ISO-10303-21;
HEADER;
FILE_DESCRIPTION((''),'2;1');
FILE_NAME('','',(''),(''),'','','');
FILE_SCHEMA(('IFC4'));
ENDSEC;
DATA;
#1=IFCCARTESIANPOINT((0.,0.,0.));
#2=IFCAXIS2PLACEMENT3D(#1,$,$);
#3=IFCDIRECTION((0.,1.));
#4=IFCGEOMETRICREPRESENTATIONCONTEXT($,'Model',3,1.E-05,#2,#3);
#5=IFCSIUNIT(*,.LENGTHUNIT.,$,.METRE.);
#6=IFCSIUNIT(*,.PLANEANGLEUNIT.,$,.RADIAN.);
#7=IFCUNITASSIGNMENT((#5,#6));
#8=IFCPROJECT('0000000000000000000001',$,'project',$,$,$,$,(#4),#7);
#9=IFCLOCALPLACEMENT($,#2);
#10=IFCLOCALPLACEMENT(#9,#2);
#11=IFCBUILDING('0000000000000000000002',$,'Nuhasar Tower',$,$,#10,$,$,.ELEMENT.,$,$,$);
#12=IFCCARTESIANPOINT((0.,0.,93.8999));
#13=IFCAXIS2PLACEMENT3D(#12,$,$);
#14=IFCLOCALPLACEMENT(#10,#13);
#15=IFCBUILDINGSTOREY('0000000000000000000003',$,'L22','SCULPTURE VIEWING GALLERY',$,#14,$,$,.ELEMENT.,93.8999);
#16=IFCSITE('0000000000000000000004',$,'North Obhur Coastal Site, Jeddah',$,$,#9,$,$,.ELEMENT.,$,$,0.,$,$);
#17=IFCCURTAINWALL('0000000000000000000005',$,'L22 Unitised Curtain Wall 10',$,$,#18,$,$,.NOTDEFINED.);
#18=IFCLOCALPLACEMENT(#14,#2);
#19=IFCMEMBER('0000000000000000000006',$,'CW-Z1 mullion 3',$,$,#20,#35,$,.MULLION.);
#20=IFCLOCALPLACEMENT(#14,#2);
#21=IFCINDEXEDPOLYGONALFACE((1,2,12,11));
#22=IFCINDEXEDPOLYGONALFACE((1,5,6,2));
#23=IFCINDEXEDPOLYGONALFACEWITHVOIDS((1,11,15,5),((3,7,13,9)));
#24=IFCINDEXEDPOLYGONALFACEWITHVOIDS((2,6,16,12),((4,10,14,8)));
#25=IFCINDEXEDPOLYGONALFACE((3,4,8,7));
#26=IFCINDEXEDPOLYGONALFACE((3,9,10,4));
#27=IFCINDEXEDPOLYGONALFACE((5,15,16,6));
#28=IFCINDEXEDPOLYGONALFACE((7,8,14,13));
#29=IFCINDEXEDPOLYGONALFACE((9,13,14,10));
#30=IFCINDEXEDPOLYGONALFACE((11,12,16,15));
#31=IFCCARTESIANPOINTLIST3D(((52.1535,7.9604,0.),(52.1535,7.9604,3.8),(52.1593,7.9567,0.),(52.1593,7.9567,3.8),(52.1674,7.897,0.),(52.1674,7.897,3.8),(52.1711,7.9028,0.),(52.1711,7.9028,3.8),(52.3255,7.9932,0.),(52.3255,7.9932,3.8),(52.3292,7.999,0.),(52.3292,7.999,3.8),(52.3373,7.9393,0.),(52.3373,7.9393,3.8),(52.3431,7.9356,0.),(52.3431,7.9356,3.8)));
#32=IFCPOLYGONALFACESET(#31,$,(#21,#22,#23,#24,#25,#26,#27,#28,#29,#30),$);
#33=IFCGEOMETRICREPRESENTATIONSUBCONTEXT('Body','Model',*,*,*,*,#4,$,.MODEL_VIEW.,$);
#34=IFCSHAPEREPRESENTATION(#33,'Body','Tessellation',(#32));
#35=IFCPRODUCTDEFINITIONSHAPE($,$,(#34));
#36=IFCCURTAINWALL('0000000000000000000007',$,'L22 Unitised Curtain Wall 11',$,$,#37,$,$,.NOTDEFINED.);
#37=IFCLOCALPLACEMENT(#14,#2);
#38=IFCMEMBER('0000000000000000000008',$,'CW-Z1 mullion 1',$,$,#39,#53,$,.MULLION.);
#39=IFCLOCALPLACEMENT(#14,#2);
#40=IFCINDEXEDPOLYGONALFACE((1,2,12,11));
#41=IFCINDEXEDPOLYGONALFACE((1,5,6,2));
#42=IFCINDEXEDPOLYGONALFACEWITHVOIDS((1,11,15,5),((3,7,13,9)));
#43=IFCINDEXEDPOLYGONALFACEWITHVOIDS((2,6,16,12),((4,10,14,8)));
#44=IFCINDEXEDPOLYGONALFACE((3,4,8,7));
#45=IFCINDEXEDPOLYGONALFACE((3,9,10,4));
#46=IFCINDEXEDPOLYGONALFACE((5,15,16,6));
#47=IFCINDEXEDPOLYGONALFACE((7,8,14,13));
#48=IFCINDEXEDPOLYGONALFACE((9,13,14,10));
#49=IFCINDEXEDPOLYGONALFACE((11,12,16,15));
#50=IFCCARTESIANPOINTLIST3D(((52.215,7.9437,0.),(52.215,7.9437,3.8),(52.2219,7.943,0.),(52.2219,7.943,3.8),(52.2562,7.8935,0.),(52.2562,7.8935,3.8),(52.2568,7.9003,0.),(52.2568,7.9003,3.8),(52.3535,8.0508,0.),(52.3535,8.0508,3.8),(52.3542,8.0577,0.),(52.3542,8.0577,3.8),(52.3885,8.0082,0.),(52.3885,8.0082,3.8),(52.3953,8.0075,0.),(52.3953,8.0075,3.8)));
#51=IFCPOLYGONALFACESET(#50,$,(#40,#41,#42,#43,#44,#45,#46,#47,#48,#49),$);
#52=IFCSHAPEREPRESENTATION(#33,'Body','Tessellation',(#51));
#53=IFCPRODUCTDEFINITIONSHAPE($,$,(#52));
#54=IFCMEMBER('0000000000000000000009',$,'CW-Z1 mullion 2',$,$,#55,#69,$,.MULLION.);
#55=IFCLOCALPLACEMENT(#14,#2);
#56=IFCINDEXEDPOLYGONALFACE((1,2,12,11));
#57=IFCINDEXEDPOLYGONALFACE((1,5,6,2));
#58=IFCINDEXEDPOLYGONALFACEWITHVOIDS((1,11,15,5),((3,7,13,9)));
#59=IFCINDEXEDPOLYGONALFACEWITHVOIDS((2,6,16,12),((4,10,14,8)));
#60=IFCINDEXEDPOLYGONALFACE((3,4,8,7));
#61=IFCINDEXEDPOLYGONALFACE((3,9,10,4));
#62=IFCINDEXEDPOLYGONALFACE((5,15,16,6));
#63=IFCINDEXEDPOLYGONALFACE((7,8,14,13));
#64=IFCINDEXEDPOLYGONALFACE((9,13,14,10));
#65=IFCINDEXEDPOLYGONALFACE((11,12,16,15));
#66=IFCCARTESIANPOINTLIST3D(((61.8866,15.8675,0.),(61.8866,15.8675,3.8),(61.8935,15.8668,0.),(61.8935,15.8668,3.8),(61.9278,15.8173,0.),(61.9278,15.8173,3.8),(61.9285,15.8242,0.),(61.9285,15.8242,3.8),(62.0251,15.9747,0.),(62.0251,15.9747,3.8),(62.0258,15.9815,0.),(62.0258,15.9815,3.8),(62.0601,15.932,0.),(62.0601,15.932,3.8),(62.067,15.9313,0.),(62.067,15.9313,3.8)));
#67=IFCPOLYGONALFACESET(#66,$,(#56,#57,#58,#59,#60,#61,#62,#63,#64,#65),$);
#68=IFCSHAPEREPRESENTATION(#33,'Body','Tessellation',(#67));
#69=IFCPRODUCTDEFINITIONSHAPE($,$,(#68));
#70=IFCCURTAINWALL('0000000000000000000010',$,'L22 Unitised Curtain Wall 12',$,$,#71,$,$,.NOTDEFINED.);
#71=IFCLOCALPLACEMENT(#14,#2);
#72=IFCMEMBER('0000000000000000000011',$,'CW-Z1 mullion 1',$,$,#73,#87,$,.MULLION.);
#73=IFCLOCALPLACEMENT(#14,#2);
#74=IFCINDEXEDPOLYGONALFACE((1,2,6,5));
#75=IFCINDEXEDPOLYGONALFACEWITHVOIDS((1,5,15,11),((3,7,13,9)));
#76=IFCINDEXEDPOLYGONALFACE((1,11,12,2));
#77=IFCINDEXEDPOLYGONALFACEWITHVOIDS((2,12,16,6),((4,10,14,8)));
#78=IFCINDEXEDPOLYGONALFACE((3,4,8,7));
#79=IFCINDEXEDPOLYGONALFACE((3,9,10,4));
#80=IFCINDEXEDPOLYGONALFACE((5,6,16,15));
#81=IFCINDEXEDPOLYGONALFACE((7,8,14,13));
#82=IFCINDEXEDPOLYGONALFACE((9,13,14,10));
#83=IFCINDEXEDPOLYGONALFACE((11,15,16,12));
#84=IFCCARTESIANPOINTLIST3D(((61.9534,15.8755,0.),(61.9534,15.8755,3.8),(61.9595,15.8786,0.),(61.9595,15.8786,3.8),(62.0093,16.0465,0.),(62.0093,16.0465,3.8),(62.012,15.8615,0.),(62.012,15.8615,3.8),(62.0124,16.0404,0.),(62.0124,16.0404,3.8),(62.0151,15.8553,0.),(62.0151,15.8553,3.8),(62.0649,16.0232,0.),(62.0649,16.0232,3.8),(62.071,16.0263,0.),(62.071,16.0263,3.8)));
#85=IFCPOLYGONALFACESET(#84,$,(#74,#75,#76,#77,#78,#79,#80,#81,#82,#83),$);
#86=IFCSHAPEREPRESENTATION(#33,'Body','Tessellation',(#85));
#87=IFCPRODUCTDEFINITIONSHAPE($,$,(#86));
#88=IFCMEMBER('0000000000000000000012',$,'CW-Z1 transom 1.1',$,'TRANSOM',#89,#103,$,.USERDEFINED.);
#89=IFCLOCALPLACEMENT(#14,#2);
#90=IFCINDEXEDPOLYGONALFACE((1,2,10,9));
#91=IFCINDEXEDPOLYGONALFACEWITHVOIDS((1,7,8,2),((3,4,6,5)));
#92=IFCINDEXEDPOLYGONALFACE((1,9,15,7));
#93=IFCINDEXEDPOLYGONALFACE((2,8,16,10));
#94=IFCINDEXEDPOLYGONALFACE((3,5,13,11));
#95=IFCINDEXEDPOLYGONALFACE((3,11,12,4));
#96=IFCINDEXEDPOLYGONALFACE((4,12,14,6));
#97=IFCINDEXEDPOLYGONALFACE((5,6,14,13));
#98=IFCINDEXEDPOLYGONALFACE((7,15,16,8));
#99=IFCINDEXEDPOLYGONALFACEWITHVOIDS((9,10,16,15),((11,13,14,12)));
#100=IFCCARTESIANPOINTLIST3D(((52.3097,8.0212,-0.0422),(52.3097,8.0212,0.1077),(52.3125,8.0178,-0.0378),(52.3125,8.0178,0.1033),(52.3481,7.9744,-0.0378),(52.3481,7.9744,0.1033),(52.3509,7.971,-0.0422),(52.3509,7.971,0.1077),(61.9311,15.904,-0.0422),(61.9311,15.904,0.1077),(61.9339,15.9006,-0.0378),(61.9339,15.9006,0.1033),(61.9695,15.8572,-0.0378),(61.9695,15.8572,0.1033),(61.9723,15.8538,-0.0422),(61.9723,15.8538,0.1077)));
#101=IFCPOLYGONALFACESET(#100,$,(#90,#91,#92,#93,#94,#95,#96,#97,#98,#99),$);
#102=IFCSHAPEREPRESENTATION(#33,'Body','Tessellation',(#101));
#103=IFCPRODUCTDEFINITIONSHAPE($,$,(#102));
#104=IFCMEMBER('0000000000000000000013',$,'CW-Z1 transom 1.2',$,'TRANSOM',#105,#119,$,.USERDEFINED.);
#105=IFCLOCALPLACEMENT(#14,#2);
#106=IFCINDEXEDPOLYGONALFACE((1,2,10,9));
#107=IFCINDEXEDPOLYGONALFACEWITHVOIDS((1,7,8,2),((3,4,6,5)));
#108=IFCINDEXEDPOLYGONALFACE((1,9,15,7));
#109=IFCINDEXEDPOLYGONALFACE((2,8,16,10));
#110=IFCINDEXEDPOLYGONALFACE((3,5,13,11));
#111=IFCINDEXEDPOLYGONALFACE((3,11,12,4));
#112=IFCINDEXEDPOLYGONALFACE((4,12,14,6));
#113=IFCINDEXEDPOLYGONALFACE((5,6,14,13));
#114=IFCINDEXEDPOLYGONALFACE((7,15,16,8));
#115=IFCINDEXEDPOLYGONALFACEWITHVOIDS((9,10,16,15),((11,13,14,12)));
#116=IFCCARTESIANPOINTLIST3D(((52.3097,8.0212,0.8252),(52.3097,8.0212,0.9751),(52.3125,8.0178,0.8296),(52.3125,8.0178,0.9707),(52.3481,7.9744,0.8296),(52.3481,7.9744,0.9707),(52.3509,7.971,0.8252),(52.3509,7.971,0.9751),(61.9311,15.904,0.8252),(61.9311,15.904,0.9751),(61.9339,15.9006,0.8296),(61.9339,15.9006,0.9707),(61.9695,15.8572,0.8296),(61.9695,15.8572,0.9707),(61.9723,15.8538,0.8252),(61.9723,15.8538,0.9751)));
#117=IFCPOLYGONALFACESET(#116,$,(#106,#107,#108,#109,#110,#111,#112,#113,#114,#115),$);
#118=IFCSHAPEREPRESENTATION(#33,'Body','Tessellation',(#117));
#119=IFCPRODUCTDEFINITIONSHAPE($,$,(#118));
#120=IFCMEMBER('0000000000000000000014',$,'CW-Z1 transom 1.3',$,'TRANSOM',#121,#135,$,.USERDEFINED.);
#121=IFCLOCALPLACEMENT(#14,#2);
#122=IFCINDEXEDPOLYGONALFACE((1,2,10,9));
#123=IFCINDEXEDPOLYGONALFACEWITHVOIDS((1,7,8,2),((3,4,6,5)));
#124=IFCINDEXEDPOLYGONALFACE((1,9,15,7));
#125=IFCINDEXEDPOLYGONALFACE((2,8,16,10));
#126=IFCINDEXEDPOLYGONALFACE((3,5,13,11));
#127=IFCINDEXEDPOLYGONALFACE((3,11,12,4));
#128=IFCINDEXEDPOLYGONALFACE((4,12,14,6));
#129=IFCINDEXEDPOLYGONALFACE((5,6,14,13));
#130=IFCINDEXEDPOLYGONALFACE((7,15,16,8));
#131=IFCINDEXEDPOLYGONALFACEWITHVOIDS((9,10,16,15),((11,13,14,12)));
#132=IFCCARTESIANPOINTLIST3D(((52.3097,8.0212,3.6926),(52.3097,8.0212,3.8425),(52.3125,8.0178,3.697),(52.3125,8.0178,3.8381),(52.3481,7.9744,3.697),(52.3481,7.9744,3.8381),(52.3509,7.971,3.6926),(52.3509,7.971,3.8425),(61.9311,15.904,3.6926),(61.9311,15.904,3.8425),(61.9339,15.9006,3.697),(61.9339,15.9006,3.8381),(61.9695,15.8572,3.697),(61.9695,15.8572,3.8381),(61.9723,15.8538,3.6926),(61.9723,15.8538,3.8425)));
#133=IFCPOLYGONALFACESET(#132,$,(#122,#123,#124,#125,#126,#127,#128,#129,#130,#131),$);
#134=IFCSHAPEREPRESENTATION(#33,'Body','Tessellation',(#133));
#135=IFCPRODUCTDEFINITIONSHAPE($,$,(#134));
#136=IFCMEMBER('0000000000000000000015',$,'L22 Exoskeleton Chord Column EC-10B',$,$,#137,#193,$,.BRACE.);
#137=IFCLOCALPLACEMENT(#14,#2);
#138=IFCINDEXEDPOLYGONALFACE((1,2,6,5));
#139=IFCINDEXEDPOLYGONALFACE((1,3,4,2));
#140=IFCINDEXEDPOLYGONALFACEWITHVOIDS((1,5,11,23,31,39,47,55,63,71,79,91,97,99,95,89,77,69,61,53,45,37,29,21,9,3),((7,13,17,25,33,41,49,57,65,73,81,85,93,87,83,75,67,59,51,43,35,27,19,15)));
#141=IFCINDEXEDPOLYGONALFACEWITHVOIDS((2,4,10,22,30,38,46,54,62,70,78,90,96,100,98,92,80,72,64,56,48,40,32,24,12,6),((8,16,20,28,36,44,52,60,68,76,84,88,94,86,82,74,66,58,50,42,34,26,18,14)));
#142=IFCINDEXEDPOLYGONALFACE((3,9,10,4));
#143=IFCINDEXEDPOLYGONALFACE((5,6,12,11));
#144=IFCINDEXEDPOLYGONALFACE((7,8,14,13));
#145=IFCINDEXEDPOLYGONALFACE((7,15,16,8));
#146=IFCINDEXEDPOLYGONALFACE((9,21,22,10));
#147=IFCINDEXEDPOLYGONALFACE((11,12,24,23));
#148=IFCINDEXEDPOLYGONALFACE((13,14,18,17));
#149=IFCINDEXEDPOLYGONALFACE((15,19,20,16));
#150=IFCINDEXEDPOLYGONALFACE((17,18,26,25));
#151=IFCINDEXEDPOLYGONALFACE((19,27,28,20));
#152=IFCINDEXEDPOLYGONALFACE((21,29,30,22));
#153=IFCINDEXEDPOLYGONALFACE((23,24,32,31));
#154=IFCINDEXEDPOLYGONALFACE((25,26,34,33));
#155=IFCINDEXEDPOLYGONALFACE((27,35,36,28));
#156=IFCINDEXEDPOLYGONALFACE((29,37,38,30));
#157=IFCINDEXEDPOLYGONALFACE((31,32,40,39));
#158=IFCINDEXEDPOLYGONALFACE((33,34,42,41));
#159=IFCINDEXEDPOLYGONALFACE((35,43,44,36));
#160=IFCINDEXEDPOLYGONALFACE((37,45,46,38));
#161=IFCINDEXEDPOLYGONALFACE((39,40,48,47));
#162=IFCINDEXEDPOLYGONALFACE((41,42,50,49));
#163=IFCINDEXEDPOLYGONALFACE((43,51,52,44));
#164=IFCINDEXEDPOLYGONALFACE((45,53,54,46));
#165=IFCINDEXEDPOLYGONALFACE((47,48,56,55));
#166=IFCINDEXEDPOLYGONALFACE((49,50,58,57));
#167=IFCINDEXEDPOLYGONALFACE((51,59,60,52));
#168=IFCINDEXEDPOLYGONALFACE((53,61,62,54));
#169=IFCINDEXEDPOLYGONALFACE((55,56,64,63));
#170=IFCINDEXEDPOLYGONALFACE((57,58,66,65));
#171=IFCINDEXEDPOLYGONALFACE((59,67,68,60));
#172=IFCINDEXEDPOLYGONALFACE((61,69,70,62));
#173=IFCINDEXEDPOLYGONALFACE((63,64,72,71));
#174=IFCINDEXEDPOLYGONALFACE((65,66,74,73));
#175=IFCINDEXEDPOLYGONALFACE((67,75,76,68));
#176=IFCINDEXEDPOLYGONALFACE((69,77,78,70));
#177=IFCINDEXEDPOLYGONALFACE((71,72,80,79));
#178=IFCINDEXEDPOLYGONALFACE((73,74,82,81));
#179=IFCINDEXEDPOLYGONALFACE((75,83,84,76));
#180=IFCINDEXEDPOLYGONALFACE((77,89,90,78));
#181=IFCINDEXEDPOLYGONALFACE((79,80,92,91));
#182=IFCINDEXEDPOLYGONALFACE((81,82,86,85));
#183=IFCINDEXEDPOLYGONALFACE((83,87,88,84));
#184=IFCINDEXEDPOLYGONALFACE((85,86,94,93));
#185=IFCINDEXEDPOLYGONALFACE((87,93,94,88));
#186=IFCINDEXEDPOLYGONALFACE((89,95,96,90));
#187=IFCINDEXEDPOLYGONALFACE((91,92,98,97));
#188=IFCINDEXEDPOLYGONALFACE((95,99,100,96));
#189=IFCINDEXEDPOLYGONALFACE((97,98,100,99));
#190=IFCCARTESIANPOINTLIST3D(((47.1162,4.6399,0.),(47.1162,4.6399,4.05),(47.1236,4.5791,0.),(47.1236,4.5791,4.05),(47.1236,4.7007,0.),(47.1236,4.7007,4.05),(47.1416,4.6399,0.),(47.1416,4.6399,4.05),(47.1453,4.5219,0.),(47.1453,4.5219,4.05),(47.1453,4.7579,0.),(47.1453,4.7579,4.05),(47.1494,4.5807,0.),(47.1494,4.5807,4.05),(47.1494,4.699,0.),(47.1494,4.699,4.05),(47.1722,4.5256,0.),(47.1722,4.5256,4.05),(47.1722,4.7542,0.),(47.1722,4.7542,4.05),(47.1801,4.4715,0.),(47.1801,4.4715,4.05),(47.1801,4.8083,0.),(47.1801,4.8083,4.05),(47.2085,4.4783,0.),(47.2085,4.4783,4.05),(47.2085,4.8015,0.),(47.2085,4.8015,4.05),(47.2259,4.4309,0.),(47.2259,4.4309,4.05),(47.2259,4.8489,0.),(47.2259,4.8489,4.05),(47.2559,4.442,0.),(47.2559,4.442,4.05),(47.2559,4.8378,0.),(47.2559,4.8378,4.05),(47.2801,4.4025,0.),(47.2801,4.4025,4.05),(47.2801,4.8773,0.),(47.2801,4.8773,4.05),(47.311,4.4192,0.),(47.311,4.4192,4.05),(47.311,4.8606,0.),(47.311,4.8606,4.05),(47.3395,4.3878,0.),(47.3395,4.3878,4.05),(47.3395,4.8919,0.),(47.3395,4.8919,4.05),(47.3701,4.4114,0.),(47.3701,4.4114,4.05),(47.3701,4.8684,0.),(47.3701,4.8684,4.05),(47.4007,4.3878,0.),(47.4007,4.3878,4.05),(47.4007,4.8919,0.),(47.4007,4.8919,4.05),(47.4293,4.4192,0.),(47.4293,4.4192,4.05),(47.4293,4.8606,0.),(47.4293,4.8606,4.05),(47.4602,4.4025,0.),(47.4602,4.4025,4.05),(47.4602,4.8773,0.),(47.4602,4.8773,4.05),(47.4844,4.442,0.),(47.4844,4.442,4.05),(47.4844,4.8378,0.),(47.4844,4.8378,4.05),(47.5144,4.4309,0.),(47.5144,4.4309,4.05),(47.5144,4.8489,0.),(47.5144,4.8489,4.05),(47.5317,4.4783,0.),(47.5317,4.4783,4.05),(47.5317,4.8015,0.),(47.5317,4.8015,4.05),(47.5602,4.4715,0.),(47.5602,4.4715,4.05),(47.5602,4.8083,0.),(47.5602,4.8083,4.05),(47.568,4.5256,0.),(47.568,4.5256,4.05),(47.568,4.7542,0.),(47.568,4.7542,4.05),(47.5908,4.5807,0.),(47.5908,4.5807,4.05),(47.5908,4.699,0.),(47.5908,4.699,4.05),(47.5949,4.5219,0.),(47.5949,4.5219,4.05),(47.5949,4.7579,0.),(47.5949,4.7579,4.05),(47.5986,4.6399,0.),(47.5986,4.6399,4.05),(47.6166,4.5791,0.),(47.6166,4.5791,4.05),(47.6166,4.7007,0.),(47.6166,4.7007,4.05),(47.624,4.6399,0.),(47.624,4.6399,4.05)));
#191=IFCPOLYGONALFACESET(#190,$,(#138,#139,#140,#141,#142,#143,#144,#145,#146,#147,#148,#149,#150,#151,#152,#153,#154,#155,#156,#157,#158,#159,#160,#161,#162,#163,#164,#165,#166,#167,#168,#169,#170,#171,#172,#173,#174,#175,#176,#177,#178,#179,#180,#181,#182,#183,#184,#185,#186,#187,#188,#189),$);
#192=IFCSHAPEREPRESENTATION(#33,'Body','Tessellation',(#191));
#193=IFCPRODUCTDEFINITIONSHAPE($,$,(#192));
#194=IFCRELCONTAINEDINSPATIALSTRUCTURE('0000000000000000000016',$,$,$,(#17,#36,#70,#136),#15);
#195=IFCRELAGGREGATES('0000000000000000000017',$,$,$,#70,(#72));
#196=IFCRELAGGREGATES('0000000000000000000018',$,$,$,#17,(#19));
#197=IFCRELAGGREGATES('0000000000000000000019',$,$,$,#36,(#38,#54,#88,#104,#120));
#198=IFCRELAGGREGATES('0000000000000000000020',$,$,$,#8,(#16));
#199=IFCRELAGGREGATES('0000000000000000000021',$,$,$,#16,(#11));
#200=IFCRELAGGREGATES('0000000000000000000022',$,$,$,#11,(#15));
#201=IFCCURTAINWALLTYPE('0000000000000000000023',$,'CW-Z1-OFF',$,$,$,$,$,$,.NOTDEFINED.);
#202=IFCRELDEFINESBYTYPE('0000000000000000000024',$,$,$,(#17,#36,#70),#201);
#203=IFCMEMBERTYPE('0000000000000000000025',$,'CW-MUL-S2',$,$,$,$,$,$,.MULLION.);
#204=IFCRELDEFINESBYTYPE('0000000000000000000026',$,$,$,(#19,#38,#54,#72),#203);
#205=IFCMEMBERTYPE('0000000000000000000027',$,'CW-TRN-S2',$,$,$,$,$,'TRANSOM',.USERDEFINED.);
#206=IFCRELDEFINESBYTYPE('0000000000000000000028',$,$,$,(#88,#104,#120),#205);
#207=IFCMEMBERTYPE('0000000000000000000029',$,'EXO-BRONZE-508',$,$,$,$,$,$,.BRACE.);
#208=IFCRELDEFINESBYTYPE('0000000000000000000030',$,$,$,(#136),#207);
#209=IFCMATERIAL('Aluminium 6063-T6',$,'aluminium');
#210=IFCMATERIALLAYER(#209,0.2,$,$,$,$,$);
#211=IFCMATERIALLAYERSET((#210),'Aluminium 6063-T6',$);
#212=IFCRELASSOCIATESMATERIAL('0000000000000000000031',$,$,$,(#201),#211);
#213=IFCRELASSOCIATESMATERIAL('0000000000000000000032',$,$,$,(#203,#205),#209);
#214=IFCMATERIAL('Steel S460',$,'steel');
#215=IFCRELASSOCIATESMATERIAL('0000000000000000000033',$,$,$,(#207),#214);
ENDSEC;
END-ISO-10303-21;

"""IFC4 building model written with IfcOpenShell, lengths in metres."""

from ifc_helpers import new_model, si_unit, direction, frame, origin, origin_2d, place, context, subcontext, project, spatial, hollow_rectangle, hollow_circle, extrude, material, layer, layer_set, material_profile, profile_set, type_object, element, aggregate, save


model = new_model("IFC4")

# Units and contexts
model_context = context("Model", 3, precision=1e-05, world=origin(), true_north=direction((0.0, 1.0)))
body_context = subcontext(model_context, "Body", "Model", "MODEL_VIEW")
ifc_project = project(units=[si_unit("LENGTHUNIT", "METRE"), si_unit("PLANEANGLEUNIT", "RADIAN")], contexts=[model_context])

# Site, building, storey
site_placement = place(None, origin())
site = spatial("IfcSite", under=ifc_project, at=site_placement, Name="North Obhur Coastal Site, Jeddah", CompositionType="ELEMENT", RefElevation=0.0)
building_placement = place(site_placement, origin())
building = spatial("IfcBuilding", under=site, at=building_placement, Name="Nuhasar Tower", CompositionType="ELEMENT")
storey_placement = place(building_placement, frame((0.0, 0.0, 93.8999)))
storey = spatial("IfcBuildingStorey", under=building, at=storey_placement, Name="L22", Description="SCULPTURE VIEWING GALLERY", CompositionType="ELEMENT", Elevation=93.8999)

# Curtain wall, member
ifc_material_1 = material(Name="Aluminium 6063-T6", Category="aluminium")
ifc_layer_1 = layer(ifc_material_1, 0.2)
ifc_layer_set_1 = layer_set([ifc_layer_1], Name="Aluminium 6063-T6")
curtain_wall_type = type_object("IfcCurtainWallType", Name="CW-Z1-OFF", PredefinedType="NOTDEFINED", material=ifc_layer_set_1)
curtain_wall_1_placement = place(storey_placement, origin())
curtain_wall_1 = element("IfcCurtainWall", 1, at=curtain_wall_1_placement, inside=storey, type_object=curtain_wall_type, Name="L22 Unitised Curtain Wall 10", PredefinedType="NOTDEFINED")
ifc_material_profile_1 = material_profile(ifc_material_1, hollow_rectangle(XDim=0.0649, YDim=0.1799, WallThickness=0.0049, at=origin_2d()), Name="CWM-2")
ifc_profile_set_1 = profile_set([ifc_material_profile_1], Name="Aluminium 6063-T6")
member_type_1 = type_object("IfcMemberType", Name="CW-MUL-S2", PredefinedType="MULLION", material=ifc_profile_set_1)
member_1_placement = place(storey_placement, frame((52.2483, 7.948, 0.0), z_axis=(0.0, 0.0, 1.0), x_axis=(-0.214399, 0.976746, 0.0)))
member_1 = element("IfcMember", 2, at=member_1_placement, type_object=member_type_1, Name="CW-Z1 mullion 3", PredefinedType="MULLION", context=body_context, shape_type="SweptSolid", body=[
    extrude(hollow_rectangle(XDim=0.0649, YDim=0.1799, WallThickness=0.0049, at=origin_2d()), origin(), (0.0, 0.0, 1.0), 3.8),
])

# Curtain wall, members
curtain_wall_2_placement = place(storey_placement, origin())
curtain_wall_2 = element("IfcCurtainWall", 3, at=curtain_wall_2_placement, inside=storey, type_object=curtain_wall_type, Name="L22 Unitised Curtain Wall 11", PredefinedType="NOTDEFINED")
member_2_placement = place(storey_placement, frame((52.3052, 7.9756, 0.0), z_axis=(0.0, 0.0, 1.0), x_axis=(-0.633745, 0.773542, 0.0)))
member_2 = element("IfcMember", 4, at=member_2_placement, type_object=member_type_1, Name="CW-Z1 mullion 1", PredefinedType="MULLION", context=body_context, shape_type="SweptSolid", body=[
    extrude(hollow_rectangle(XDim=0.0649, YDim=0.1799, WallThickness=0.0049, at=origin_2d()), origin(), (0.0, 0.0, 1.0), 3.8),
])
member_3_placement = place(storey_placement, frame((61.9768, 15.8994, 0.0), z_axis=(0.0, 0.0, 1.0), x_axis=(-0.633745, 0.773542, 0.0)))
member_3 = element("IfcMember", 5, at=member_3_placement, type_object=member_type_1, Name="CW-Z1 mullion 2", PredefinedType="MULLION", context=body_context, shape_type="SweptSolid", body=[
    extrude(hollow_rectangle(XDim=0.0649, YDim=0.1799, WallThickness=0.0049, at=origin_2d()), origin(), (0.0, 0.0, 1.0), 3.8),
])

# Curtain wall, member
curtain_wall_3_placement = place(storey_placement, origin())
curtain_wall_3 = element("IfcCurtainWall", 6, at=curtain_wall_3_placement, inside=storey, type_object=curtain_wall_type, Name="L22 Unitised Curtain Wall 12", PredefinedType="NOTDEFINED")
member_4_placement = place(storey_placement, frame((62.0122, 15.9509, 0.0), z_axis=(0.0, 0.0, 1.0), x_axis=(-0.950468, 0.310824, 0.0)))
member_4 = element("IfcMember", 7, at=member_4_placement, type_object=member_type_1, Name="CW-Z1 mullion 1", PredefinedType="MULLION", context=body_context, shape_type="SweptSolid", body=[
    extrude(hollow_rectangle(XDim=0.0649, YDim=0.1799, WallThickness=0.0049, at=origin_2d()), origin(), (0.0, 0.0, 1.0), 3.8),
])
aggregate(curtain_wall_3, [member_4])

# Members
ifc_material_profile_2 = material_profile(ifc_material_1, hollow_rectangle(XDim=0.0649, YDim=0.1499, WallThickness=0.0044, at=origin_2d()), Name="CWT-2")
ifc_profile_set_2 = profile_set([ifc_material_profile_2], Name="Aluminium 6063-T6")
member_type_2 = type_object("IfcMemberType", Name="CW-TRN-S2", ElementType="TRANSOM", PredefinedType="USERDEFINED", material=ifc_profile_set_2)
member_5_placement = place(storey_placement, frame((52.3303, 7.9961, 0.0327), z_axis=(0.773531, 0.633758, 0.0), x_axis=(-0.633758, 0.773531, 0.0)))
member_5 = element("IfcMember", 8, at=member_5_placement, type_object=member_type_2, Name="CW-Z1 transom 1.1", ObjectType="TRANSOM", PredefinedType="USERDEFINED", context=body_context, shape_type="SweptSolid", body=[
    extrude(hollow_rectangle(XDim=0.0649, YDim=0.1499, WallThickness=0.0044, at=origin_2d()), origin(), (0.0, 0.0, 1.0), 12.4382),
])
member_6_placement = place(storey_placement, frame((52.3303, 7.9961, 0.9001), z_axis=(0.773531, 0.633758, 0.0), x_axis=(-0.633758, 0.773531, 0.0)))
member_6 = element("IfcMember", 9, at=member_6_placement, type_object=member_type_2, Name="CW-Z1 transom 1.2", ObjectType="TRANSOM", PredefinedType="USERDEFINED", context=body_context, shape_type="SweptSolid", body=[
    extrude(hollow_rectangle(XDim=0.0649, YDim=0.1499, WallThickness=0.0044, at=origin_2d()), origin(), (0.0, 0.0, 1.0), 12.4382),
])
member_7_placement = place(storey_placement, frame((52.3303, 7.9961, 3.7676), z_axis=(0.773531, 0.633758, 0.0), x_axis=(-0.633758, 0.773531, 0.0)))
member_7 = element("IfcMember", 10, at=member_7_placement, type_object=member_type_2, Name="CW-Z1 transom 1.3", ObjectType="TRANSOM", PredefinedType="USERDEFINED", context=body_context, shape_type="SweptSolid", body=[
    extrude(hollow_rectangle(XDim=0.0649, YDim=0.1499, WallThickness=0.0044, at=origin_2d()), origin(), (0.0, 0.0, 1.0), 12.4382),
])

# Member
ifc_material_2 = material(Name="Steel S460", Category="steel")
ifc_material_profile_3 = material_profile(ifc_material_2, hollow_circle(Radius=0.2539, WallThickness=0.0254, at=origin_2d()), Name="HSS508X25.4")
ifc_profile_set_3 = profile_set([ifc_material_profile_3], Name="Steel S460")
member_type_3 = type_object("IfcMemberType", Name="EXO-BRONZE-508", PredefinedType="BRACE", material=ifc_profile_set_3)
for number, where, z_axis, x_axis, name in (
    (11, (47.3701, 4.6399, 0.0), (0.0, 0.0, 1.0), (1.0, 0.0, 0.0), "L22 Exoskeleton Chord Column EC-10B"),
):
    element("IfcMember", number, at=place(storey_placement, frame(where, z_axis=z_axis, x_axis=x_axis)), inside=storey, type_object=member_type_3, Name=name, PredefinedType="BRACE", context=body_context, shape_type="SweptSolid", body=[
        extrude(hollow_circle(Radius=0.2539, WallThickness=0.0254, at=origin_2d()), origin(), (0.0, 0.0, 1.0), 4.05),
    ])

aggregate(curtain_wall_1, [member_1])
aggregate(curtain_wall_2, [member_2, member_3, member_5, member_6, member_7])

save(model, "model.ifc")
